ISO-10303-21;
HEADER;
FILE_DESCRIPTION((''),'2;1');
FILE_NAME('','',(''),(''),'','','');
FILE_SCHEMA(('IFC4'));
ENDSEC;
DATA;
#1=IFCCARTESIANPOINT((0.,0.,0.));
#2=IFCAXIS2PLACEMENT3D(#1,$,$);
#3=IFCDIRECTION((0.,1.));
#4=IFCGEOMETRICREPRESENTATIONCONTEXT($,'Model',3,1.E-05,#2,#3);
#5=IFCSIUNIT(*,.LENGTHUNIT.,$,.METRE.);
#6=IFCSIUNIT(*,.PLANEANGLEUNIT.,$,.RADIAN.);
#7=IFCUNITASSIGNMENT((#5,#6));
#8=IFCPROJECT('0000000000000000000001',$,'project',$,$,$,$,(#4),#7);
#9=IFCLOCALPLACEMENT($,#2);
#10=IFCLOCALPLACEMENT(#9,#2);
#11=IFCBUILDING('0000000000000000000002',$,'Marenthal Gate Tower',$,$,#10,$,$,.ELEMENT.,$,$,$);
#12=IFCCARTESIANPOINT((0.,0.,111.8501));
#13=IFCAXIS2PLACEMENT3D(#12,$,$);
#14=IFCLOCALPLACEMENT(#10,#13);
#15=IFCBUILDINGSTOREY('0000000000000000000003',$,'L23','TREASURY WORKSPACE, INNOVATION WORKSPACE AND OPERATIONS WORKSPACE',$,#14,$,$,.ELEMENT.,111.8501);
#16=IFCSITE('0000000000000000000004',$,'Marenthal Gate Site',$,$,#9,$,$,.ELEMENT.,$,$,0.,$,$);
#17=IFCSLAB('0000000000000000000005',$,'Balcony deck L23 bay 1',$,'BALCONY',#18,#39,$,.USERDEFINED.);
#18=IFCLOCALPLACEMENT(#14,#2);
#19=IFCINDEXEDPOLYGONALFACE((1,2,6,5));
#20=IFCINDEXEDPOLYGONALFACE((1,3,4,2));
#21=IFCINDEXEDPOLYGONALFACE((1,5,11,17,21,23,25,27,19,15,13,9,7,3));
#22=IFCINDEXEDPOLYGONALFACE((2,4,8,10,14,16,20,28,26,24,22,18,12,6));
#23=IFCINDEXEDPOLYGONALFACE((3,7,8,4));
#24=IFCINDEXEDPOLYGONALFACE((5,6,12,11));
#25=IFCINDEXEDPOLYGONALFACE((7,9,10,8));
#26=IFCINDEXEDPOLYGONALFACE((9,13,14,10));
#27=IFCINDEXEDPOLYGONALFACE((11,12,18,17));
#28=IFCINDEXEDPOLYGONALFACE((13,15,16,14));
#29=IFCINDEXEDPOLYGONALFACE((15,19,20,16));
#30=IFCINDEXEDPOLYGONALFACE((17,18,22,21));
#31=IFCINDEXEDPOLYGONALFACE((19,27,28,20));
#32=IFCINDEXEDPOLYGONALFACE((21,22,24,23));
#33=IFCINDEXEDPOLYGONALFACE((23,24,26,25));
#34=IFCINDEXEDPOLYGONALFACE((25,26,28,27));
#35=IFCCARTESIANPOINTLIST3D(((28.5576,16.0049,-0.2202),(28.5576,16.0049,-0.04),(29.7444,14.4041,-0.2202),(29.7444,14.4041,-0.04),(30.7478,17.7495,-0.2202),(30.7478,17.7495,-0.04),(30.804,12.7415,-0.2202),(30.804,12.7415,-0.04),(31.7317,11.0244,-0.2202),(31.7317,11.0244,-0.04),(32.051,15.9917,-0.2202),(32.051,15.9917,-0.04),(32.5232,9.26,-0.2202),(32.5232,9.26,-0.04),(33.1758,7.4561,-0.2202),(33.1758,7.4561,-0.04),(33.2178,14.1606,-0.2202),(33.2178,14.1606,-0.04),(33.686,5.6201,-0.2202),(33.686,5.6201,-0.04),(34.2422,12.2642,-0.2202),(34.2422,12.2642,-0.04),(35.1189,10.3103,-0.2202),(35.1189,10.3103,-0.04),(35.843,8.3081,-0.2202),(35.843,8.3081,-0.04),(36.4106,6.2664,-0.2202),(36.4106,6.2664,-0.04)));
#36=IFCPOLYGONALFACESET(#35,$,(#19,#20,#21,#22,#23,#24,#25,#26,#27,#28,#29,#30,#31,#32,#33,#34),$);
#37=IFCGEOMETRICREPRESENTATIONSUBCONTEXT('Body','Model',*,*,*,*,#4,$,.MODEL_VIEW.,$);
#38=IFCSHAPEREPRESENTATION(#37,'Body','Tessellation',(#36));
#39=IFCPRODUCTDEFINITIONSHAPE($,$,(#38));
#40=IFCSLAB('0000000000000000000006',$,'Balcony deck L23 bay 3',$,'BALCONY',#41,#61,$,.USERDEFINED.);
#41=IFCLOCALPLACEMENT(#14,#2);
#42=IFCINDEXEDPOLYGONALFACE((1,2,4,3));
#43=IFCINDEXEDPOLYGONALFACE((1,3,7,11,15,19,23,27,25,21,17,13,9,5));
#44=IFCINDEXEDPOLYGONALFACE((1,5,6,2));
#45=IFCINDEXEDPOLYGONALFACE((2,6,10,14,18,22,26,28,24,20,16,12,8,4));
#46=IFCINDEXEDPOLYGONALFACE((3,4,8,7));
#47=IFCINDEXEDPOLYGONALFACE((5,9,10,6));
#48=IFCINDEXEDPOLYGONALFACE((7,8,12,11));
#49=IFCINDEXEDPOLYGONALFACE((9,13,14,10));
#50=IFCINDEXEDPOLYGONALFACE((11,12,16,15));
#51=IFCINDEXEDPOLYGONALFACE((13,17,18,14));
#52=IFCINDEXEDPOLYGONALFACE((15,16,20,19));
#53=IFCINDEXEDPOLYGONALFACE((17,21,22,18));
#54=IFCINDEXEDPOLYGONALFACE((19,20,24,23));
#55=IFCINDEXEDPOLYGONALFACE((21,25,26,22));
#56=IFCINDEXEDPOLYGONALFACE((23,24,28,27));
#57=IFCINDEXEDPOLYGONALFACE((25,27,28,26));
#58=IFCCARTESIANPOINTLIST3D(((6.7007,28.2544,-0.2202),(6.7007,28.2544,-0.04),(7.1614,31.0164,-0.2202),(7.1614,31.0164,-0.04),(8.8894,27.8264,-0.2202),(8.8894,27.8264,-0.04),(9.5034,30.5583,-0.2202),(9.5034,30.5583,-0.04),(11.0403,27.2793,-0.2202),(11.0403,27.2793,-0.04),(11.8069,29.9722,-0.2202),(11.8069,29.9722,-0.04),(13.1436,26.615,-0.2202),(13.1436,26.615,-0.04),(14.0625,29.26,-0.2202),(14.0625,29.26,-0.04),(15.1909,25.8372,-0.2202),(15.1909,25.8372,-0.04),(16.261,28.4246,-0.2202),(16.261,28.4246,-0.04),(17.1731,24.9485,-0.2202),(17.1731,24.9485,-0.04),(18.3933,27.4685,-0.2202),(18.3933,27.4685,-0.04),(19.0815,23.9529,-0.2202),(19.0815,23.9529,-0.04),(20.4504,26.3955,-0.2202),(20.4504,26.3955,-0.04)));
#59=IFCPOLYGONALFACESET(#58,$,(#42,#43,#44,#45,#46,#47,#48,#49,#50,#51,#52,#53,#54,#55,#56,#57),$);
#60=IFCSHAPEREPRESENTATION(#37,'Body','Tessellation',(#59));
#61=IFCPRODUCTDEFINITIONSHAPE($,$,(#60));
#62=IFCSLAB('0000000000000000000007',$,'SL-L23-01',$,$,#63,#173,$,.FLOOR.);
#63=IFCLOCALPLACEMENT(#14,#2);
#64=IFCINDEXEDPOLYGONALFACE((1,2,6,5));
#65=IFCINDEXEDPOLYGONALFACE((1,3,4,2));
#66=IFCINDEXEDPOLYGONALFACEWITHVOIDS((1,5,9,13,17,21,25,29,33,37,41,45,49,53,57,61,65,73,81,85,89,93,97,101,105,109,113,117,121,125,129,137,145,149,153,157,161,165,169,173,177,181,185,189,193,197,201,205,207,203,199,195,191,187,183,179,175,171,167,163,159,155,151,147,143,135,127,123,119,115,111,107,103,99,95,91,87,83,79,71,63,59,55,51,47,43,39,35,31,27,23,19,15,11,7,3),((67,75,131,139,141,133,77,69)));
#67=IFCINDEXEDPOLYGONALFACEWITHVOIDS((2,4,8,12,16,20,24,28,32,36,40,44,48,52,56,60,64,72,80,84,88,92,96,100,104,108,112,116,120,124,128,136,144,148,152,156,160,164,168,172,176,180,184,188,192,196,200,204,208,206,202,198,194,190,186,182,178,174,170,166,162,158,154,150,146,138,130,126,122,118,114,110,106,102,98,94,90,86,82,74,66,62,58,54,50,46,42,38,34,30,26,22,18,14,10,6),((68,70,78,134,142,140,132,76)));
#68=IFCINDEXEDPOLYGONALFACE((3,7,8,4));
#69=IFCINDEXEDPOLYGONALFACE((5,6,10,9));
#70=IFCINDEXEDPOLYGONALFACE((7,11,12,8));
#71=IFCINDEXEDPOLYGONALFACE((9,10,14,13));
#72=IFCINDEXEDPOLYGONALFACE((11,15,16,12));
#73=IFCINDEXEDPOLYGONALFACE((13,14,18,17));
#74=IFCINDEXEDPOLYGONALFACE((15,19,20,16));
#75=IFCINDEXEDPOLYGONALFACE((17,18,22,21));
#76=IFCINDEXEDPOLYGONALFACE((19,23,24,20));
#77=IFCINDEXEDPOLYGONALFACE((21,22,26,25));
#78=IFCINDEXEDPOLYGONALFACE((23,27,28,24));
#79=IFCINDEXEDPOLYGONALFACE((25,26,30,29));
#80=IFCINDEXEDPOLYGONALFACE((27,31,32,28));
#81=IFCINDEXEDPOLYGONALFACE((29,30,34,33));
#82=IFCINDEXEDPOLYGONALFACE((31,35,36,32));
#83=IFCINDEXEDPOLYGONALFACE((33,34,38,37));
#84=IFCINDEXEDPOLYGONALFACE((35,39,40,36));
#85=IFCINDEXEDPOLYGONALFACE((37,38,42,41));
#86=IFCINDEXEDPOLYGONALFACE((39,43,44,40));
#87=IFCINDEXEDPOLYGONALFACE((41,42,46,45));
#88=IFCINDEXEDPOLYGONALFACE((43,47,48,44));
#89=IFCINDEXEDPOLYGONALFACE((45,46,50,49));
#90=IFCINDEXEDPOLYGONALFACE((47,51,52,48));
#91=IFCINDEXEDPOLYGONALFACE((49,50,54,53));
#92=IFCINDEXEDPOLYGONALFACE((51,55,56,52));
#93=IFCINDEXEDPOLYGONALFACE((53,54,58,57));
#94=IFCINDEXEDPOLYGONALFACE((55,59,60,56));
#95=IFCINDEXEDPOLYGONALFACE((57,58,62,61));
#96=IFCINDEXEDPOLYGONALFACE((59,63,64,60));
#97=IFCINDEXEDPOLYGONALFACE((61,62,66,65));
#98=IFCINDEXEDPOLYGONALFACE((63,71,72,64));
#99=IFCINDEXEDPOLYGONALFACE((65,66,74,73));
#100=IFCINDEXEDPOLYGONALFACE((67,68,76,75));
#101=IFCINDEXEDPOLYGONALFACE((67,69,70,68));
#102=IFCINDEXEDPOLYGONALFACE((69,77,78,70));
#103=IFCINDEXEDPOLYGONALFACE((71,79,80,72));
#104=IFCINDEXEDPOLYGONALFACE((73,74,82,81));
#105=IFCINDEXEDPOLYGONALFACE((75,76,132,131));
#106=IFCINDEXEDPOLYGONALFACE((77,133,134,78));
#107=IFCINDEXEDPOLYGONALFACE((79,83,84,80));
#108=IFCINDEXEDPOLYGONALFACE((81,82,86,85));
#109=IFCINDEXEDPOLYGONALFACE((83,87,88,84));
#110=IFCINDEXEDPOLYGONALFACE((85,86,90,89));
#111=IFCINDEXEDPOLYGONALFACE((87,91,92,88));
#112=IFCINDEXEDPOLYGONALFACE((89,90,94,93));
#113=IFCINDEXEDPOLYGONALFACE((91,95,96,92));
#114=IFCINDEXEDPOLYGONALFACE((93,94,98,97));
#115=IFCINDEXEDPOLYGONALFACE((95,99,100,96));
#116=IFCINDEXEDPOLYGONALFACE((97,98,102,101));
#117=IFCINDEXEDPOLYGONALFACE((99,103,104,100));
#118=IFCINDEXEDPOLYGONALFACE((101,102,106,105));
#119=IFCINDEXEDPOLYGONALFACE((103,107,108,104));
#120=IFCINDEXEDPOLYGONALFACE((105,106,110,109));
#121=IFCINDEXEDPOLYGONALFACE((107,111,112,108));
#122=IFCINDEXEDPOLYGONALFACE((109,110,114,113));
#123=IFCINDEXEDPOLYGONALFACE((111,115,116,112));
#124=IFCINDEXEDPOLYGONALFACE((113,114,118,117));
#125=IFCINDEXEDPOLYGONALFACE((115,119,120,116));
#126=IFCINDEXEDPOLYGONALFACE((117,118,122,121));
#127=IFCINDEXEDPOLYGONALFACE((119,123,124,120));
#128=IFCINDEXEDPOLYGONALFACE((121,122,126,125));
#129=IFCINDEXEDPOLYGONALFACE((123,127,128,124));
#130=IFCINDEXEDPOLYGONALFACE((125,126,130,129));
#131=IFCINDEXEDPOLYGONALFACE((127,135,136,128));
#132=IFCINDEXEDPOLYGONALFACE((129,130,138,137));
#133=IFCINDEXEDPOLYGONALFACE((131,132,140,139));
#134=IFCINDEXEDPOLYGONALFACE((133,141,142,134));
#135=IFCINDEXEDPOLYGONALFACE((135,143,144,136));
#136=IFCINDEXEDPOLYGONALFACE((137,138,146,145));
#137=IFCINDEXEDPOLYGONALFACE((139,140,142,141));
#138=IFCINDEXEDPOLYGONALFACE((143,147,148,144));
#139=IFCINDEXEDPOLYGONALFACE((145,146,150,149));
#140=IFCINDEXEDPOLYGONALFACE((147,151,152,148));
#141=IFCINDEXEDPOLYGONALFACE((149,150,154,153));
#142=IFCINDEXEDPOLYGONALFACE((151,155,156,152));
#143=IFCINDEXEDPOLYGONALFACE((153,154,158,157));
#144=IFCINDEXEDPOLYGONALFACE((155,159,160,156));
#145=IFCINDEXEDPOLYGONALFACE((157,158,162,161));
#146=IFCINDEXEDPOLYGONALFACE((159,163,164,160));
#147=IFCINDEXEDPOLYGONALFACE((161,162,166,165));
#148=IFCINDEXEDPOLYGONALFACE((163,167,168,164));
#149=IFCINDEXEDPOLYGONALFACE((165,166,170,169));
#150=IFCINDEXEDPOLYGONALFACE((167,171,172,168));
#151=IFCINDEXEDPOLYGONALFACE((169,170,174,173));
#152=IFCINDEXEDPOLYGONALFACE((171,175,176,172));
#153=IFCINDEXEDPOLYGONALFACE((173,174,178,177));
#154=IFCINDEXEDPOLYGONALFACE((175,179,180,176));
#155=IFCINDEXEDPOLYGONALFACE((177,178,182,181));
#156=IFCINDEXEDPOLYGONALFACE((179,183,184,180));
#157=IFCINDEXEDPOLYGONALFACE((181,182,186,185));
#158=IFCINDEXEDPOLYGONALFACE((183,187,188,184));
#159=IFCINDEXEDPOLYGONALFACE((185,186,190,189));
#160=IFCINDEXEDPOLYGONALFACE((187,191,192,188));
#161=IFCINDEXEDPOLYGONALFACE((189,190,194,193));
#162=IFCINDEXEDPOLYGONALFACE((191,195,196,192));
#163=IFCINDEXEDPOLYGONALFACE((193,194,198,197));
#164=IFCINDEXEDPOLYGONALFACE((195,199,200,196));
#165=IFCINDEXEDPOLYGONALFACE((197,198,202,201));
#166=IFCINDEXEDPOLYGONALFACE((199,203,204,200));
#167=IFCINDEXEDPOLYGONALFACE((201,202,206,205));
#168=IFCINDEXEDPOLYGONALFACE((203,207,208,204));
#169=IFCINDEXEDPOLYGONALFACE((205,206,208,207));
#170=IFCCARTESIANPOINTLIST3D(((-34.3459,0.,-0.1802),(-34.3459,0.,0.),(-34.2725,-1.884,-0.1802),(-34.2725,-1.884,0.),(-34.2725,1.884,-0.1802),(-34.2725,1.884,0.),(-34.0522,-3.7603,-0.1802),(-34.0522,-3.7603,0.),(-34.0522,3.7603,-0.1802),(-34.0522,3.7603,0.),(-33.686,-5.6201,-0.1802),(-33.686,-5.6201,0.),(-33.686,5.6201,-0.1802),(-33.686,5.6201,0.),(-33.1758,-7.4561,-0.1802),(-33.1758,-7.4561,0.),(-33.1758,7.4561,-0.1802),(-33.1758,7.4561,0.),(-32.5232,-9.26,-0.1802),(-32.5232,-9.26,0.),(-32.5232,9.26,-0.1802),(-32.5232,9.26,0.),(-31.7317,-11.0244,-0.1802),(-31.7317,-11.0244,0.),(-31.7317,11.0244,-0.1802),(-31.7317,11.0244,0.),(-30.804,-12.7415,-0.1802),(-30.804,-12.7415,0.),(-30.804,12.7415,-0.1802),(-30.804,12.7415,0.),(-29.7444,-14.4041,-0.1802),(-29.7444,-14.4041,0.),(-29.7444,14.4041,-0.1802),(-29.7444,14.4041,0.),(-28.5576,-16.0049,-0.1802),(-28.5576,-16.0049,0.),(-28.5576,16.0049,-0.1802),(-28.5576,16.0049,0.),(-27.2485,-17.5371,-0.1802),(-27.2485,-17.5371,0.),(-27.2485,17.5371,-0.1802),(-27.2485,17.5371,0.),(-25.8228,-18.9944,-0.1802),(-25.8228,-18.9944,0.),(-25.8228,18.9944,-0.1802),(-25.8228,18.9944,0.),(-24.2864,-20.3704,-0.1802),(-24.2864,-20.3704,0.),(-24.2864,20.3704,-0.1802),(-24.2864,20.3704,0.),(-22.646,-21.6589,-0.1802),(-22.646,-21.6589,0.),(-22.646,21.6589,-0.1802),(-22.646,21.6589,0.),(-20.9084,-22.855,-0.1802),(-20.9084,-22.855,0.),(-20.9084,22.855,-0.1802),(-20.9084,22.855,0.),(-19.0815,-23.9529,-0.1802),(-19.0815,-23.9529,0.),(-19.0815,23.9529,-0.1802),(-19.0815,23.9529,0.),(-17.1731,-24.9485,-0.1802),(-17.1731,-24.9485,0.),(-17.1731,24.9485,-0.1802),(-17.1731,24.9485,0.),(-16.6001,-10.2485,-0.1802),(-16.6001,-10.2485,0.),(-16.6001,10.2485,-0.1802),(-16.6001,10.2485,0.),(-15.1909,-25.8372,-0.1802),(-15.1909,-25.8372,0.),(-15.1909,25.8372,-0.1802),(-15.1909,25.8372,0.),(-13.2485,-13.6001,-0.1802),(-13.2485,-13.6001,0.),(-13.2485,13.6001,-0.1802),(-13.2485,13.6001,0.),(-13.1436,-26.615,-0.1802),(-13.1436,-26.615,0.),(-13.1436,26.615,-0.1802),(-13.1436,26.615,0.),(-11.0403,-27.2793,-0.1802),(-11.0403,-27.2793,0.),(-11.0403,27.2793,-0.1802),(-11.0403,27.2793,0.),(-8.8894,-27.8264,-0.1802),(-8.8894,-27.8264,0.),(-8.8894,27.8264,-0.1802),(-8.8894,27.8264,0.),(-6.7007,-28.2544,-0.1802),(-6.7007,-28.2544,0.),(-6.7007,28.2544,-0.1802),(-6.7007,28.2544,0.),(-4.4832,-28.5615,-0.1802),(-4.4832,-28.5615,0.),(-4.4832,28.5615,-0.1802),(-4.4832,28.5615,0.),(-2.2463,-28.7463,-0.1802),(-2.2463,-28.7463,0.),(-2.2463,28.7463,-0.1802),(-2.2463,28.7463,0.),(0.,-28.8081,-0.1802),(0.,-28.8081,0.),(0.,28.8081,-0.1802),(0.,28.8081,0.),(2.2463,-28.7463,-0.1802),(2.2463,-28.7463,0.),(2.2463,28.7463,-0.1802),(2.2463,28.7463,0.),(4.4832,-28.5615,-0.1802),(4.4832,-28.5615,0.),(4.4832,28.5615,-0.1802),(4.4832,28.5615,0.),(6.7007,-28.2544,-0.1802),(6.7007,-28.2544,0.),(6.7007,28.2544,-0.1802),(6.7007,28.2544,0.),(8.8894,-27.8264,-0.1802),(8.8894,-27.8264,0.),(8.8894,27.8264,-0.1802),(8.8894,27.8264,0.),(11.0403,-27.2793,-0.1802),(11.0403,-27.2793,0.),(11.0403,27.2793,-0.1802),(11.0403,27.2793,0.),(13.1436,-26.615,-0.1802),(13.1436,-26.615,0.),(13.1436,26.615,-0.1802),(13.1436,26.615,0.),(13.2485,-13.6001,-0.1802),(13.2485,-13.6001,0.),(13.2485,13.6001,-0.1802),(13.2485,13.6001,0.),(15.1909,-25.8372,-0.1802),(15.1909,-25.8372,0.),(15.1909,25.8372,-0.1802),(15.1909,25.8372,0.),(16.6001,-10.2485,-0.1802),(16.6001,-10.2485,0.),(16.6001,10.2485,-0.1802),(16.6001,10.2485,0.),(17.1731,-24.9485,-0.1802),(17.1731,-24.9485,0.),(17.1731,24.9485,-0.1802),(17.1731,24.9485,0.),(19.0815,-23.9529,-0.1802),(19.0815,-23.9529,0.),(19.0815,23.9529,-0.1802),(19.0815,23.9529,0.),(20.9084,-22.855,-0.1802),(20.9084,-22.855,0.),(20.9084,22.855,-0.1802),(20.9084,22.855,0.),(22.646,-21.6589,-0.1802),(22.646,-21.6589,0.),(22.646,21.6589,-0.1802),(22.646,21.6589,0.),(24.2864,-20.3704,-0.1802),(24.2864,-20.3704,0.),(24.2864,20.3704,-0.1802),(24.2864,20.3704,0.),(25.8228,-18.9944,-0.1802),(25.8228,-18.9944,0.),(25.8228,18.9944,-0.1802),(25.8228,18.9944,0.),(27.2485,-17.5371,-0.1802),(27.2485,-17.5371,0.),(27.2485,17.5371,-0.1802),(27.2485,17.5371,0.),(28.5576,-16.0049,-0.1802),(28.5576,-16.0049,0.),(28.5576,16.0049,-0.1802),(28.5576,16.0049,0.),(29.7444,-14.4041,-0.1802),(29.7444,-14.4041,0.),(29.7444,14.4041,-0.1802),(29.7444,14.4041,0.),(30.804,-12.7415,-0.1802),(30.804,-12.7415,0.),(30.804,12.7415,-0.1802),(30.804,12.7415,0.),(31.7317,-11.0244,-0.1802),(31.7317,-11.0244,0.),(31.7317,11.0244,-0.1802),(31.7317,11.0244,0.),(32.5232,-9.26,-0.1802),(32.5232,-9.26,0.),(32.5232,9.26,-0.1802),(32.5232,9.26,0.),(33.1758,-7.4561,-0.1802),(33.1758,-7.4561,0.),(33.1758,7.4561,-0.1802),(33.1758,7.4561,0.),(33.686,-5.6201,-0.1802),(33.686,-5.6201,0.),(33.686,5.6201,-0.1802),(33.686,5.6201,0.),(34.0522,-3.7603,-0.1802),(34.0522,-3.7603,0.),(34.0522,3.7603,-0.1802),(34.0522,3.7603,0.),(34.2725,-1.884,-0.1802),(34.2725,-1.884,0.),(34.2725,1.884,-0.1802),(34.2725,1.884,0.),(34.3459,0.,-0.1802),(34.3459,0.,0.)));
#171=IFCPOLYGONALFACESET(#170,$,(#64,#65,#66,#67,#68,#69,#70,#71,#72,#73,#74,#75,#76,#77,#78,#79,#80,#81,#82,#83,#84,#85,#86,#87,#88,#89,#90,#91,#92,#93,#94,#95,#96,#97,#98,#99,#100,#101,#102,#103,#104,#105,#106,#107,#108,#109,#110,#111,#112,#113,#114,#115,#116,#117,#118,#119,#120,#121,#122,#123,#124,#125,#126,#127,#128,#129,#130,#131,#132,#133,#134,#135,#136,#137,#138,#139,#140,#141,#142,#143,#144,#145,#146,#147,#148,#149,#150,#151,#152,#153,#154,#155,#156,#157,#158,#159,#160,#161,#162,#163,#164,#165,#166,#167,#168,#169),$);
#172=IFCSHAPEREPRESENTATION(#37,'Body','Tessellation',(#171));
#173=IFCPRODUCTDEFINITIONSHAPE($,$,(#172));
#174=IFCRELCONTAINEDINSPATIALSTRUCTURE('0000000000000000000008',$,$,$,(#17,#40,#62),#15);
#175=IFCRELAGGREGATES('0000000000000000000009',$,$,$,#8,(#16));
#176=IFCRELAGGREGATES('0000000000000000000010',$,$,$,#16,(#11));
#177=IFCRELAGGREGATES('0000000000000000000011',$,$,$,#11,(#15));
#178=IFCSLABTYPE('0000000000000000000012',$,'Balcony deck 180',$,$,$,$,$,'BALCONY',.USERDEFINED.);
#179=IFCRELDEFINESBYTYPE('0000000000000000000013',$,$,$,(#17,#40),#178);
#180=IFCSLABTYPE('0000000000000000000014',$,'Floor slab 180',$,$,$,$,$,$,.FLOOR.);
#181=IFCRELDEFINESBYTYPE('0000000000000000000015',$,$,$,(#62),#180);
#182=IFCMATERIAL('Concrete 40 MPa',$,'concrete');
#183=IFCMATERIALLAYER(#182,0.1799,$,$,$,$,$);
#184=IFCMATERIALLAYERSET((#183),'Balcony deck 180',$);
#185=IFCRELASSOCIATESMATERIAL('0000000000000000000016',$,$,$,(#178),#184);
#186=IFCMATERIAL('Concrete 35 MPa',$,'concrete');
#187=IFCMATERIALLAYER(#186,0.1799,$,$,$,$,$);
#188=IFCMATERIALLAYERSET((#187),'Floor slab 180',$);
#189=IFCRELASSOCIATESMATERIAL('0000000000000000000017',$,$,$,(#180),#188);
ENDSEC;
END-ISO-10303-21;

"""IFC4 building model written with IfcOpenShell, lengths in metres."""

from ifc_helpers import new_model, si_unit, direction, frame, origin, place, context, subcontext, project, spatial, polyline, outline, extrude, material, layer, layer_set, type_object, element, save


model = new_model("IFC4")

# Units and contexts
model_context = context("Model", 3, precision=1e-05, world=origin(), true_north=direction((0.0, 1.0)))
body_context = subcontext(model_context, "Body", "Model", "MODEL_VIEW")
ifc_project = project(units=[si_unit("LENGTHUNIT", "METRE"), si_unit("PLANEANGLEUNIT", "RADIAN")], contexts=[model_context])

# Site, building, storey
site_placement = place(None, origin())
site = spatial("IfcSite", under=ifc_project, at=site_placement, Name="Marenthal Gate Site", CompositionType="ELEMENT", RefElevation=0.0)
building_placement = place(site_placement, origin())
building = spatial("IfcBuilding", under=site, at=building_placement, Name="Marenthal Gate Tower", CompositionType="ELEMENT")
storey_placement = place(building_placement, frame((0.0, 0.0, 111.8501)))
storey = spatial("IfcBuildingStorey", under=building, at=storey_placement, Name="L23", Description="TREASURY WORKSPACE, INNOVATION WORKSPACE AND OPERATIONS WORKSPACE", CompositionType="ELEMENT", Elevation=111.8501)

# Slabs
ifc_material_1 = material(Name="Concrete 40 MPa", Category="concrete")
ifc_layer_1 = layer(ifc_material_1, 0.1799)
ifc_layer_set_1 = layer_set([ifc_layer_1], Name="Balcony deck 180")
slab_type_1 = type_object("IfcSlabType", Name="Balcony deck 180", ElementType="BALCONY", PredefinedType="USERDEFINED", material=ifc_layer_set_1)
slab_1_placement = place(storey_placement, frame((0.0, 0.0, -0.2202)))
element("IfcSlab", 1, at=slab_1_placement, inside=storey, type_object=slab_type_1, Name="Balcony deck L23 bay 1", ObjectType="BALCONY", PredefinedType="USERDEFINED", context=body_context, shape_type="SweptSolid", body=[
    extrude(outline(polyline([(33.686, 5.6201), (33.1758, 7.4561), (32.5232, 9.26), (31.7317, 11.0244), (30.804, 12.7415), (29.7444, 14.4041), (28.5576, 16.0049), (30.7478, 17.7495), (32.051, 15.9917), (33.2178, 14.1606), (34.2422, 12.2642), (35.1189, 10.3103), (35.843, 8.3081), (36.4106, 6.2664), (33.686, 5.6201)])), origin(), (0.0, 0.0, 1.0), 0.1802),
])
slab_2_placement = place(storey_placement, frame((0.0, 0.0, -0.2202)))
element("IfcSlab", 2, at=slab_2_placement, inside=storey, type_object=slab_type_1, Name="Balcony deck L23 bay 3", ObjectType="BALCONY", PredefinedType="USERDEFINED", context=body_context, shape_type="SweptSolid", body=[
    extrude(outline(polyline([(19.0815, 23.9529), (17.1731, 24.9485), (15.1909, 25.8372), (13.1436, 26.615), (11.0403, 27.2793), (8.8894, 27.8264), (6.7007, 28.2544), (7.1614, 31.0164), (9.5034, 30.5583), (11.8069, 29.9722), (14.0625, 29.26), (16.261, 28.4246), (18.3933, 27.4685), (20.4504, 26.3955), (19.0815, 23.9529)])), origin(), (0.0, 0.0, 1.0), 0.1802),
])
ifc_material_2 = material(Name="Concrete 35 MPa", Category="concrete")
ifc_layer_2 = layer(ifc_material_2, 0.1799)
ifc_layer_set_2 = layer_set([ifc_layer_2], Name="Floor slab 180")
slab_type_2 = type_object("IfcSlabType", Name="Floor slab 180", PredefinedType="FLOOR", material=ifc_layer_set_2)
slab_3_placement = place(storey_placement, frame((0.0, 0.0, -0.1802)))
element("IfcSlab", 3, at=slab_3_placement, inside=storey, type_object=slab_type_2, Name="SL-L23-01", PredefinedType="FLOOR", context=body_context, shape_type="SweptSolid", body=[
    extrude(outline(polyline([(34.3459, 0.0), (34.2725, 1.884), (34.0522, 3.7603), (33.686, 5.6201), (33.1758, 7.4561), (32.5232, 9.26), (31.7317, 11.0244), (30.804, 12.7415), (29.7444, 14.4041), (28.5576, 16.0049), (27.2485, 17.5371), (25.8228, 18.9944), (24.2864, 20.3704), (22.646, 21.6589), (20.9084, 22.855), (19.0815, 23.9529), (17.1731, 24.9485), (15.1909, 25.8372), (13.1436, 26.615), (11.0403, 27.2793), (8.8894, 27.8264), (6.7007, 28.2544), (4.4832, 28.5615), (2.2463, 28.7463), (0.0, 28.8081), (-2.2463, 28.7463), (-4.4832, 28.5615), (-6.7007, 28.2544), (-8.8894, 27.8264), (-11.0403, 27.2793), (-13.1436, 26.615), (-15.1909, 25.8372), (-17.1731, 24.9485), (-19.0815, 23.9529), (-20.9084, 22.855), (-22.646, 21.6589), (-24.2864, 20.3704), (-25.8228, 18.9944), (-27.2485, 17.5371), (-28.5576, 16.0049), (-29.7444, 14.4041), (-30.804, 12.7415), (-31.7317, 11.0244), (-32.5232, 9.26), (-33.1758, 7.4561), (-33.686, 5.6201), (-34.0522, 3.7603), (-34.2725, 1.884), (-34.3459, 0.0), (-34.2725, -1.884), (-34.0522, -3.7603), (-33.686, -5.6201), (-33.1758, -7.4561), (-32.5232, -9.26), (-31.7317, -11.0244), (-30.804, -12.7415), (-29.7444, -14.4041), (-28.5576, -16.0049), (-27.2485, -17.5371), (-25.8228, -18.9944), (-24.2864, -20.3704), (-22.646, -21.6589), (-20.9084, -22.855), (-19.0815, -23.9529), (-17.1731, -24.9485), (-15.1909, -25.8372), (-13.1436, -26.615), (-11.0403, -27.2793), (-8.8894, -27.8264), (-6.7007, -28.2544), (-4.4832, -28.5615), (-2.2463, -28.7463), (0.0, -28.8081), (2.2463, -28.7463), (4.4832, -28.5615), (6.7007, -28.2544), (8.8894, -27.8264), (11.0403, -27.2793), (13.1436, -26.615), (15.1909, -25.8372), (17.1731, -24.9485), (19.0815, -23.9529), (20.9084, -22.855), (22.646, -21.6589), (24.2864, -20.3704), (25.8228, -18.9944), (27.2485, -17.5371), (28.5576, -16.0049), (29.7444, -14.4041), (30.804, -12.7415), (31.7317, -11.0244), (32.5232, -9.26), (33.1758, -7.4561), (33.686, -5.6201), (34.0522, -3.7603), (34.2725, -1.884), (34.3459, 0.0)]), holes=[polyline([(13.2485, -13.6001), (16.6001, -10.2485), (16.6001, 10.2485), (13.2485, 13.6001), (-13.2485, 13.6001), (-16.6001, 10.2485), (-16.6001, -10.2485), (-13.2485, -13.6001), (13.2485, -13.6001)])]), origin(), (0.0, 0.0, 1.0), 0.1802),
])

save(model, "model.ifc")
